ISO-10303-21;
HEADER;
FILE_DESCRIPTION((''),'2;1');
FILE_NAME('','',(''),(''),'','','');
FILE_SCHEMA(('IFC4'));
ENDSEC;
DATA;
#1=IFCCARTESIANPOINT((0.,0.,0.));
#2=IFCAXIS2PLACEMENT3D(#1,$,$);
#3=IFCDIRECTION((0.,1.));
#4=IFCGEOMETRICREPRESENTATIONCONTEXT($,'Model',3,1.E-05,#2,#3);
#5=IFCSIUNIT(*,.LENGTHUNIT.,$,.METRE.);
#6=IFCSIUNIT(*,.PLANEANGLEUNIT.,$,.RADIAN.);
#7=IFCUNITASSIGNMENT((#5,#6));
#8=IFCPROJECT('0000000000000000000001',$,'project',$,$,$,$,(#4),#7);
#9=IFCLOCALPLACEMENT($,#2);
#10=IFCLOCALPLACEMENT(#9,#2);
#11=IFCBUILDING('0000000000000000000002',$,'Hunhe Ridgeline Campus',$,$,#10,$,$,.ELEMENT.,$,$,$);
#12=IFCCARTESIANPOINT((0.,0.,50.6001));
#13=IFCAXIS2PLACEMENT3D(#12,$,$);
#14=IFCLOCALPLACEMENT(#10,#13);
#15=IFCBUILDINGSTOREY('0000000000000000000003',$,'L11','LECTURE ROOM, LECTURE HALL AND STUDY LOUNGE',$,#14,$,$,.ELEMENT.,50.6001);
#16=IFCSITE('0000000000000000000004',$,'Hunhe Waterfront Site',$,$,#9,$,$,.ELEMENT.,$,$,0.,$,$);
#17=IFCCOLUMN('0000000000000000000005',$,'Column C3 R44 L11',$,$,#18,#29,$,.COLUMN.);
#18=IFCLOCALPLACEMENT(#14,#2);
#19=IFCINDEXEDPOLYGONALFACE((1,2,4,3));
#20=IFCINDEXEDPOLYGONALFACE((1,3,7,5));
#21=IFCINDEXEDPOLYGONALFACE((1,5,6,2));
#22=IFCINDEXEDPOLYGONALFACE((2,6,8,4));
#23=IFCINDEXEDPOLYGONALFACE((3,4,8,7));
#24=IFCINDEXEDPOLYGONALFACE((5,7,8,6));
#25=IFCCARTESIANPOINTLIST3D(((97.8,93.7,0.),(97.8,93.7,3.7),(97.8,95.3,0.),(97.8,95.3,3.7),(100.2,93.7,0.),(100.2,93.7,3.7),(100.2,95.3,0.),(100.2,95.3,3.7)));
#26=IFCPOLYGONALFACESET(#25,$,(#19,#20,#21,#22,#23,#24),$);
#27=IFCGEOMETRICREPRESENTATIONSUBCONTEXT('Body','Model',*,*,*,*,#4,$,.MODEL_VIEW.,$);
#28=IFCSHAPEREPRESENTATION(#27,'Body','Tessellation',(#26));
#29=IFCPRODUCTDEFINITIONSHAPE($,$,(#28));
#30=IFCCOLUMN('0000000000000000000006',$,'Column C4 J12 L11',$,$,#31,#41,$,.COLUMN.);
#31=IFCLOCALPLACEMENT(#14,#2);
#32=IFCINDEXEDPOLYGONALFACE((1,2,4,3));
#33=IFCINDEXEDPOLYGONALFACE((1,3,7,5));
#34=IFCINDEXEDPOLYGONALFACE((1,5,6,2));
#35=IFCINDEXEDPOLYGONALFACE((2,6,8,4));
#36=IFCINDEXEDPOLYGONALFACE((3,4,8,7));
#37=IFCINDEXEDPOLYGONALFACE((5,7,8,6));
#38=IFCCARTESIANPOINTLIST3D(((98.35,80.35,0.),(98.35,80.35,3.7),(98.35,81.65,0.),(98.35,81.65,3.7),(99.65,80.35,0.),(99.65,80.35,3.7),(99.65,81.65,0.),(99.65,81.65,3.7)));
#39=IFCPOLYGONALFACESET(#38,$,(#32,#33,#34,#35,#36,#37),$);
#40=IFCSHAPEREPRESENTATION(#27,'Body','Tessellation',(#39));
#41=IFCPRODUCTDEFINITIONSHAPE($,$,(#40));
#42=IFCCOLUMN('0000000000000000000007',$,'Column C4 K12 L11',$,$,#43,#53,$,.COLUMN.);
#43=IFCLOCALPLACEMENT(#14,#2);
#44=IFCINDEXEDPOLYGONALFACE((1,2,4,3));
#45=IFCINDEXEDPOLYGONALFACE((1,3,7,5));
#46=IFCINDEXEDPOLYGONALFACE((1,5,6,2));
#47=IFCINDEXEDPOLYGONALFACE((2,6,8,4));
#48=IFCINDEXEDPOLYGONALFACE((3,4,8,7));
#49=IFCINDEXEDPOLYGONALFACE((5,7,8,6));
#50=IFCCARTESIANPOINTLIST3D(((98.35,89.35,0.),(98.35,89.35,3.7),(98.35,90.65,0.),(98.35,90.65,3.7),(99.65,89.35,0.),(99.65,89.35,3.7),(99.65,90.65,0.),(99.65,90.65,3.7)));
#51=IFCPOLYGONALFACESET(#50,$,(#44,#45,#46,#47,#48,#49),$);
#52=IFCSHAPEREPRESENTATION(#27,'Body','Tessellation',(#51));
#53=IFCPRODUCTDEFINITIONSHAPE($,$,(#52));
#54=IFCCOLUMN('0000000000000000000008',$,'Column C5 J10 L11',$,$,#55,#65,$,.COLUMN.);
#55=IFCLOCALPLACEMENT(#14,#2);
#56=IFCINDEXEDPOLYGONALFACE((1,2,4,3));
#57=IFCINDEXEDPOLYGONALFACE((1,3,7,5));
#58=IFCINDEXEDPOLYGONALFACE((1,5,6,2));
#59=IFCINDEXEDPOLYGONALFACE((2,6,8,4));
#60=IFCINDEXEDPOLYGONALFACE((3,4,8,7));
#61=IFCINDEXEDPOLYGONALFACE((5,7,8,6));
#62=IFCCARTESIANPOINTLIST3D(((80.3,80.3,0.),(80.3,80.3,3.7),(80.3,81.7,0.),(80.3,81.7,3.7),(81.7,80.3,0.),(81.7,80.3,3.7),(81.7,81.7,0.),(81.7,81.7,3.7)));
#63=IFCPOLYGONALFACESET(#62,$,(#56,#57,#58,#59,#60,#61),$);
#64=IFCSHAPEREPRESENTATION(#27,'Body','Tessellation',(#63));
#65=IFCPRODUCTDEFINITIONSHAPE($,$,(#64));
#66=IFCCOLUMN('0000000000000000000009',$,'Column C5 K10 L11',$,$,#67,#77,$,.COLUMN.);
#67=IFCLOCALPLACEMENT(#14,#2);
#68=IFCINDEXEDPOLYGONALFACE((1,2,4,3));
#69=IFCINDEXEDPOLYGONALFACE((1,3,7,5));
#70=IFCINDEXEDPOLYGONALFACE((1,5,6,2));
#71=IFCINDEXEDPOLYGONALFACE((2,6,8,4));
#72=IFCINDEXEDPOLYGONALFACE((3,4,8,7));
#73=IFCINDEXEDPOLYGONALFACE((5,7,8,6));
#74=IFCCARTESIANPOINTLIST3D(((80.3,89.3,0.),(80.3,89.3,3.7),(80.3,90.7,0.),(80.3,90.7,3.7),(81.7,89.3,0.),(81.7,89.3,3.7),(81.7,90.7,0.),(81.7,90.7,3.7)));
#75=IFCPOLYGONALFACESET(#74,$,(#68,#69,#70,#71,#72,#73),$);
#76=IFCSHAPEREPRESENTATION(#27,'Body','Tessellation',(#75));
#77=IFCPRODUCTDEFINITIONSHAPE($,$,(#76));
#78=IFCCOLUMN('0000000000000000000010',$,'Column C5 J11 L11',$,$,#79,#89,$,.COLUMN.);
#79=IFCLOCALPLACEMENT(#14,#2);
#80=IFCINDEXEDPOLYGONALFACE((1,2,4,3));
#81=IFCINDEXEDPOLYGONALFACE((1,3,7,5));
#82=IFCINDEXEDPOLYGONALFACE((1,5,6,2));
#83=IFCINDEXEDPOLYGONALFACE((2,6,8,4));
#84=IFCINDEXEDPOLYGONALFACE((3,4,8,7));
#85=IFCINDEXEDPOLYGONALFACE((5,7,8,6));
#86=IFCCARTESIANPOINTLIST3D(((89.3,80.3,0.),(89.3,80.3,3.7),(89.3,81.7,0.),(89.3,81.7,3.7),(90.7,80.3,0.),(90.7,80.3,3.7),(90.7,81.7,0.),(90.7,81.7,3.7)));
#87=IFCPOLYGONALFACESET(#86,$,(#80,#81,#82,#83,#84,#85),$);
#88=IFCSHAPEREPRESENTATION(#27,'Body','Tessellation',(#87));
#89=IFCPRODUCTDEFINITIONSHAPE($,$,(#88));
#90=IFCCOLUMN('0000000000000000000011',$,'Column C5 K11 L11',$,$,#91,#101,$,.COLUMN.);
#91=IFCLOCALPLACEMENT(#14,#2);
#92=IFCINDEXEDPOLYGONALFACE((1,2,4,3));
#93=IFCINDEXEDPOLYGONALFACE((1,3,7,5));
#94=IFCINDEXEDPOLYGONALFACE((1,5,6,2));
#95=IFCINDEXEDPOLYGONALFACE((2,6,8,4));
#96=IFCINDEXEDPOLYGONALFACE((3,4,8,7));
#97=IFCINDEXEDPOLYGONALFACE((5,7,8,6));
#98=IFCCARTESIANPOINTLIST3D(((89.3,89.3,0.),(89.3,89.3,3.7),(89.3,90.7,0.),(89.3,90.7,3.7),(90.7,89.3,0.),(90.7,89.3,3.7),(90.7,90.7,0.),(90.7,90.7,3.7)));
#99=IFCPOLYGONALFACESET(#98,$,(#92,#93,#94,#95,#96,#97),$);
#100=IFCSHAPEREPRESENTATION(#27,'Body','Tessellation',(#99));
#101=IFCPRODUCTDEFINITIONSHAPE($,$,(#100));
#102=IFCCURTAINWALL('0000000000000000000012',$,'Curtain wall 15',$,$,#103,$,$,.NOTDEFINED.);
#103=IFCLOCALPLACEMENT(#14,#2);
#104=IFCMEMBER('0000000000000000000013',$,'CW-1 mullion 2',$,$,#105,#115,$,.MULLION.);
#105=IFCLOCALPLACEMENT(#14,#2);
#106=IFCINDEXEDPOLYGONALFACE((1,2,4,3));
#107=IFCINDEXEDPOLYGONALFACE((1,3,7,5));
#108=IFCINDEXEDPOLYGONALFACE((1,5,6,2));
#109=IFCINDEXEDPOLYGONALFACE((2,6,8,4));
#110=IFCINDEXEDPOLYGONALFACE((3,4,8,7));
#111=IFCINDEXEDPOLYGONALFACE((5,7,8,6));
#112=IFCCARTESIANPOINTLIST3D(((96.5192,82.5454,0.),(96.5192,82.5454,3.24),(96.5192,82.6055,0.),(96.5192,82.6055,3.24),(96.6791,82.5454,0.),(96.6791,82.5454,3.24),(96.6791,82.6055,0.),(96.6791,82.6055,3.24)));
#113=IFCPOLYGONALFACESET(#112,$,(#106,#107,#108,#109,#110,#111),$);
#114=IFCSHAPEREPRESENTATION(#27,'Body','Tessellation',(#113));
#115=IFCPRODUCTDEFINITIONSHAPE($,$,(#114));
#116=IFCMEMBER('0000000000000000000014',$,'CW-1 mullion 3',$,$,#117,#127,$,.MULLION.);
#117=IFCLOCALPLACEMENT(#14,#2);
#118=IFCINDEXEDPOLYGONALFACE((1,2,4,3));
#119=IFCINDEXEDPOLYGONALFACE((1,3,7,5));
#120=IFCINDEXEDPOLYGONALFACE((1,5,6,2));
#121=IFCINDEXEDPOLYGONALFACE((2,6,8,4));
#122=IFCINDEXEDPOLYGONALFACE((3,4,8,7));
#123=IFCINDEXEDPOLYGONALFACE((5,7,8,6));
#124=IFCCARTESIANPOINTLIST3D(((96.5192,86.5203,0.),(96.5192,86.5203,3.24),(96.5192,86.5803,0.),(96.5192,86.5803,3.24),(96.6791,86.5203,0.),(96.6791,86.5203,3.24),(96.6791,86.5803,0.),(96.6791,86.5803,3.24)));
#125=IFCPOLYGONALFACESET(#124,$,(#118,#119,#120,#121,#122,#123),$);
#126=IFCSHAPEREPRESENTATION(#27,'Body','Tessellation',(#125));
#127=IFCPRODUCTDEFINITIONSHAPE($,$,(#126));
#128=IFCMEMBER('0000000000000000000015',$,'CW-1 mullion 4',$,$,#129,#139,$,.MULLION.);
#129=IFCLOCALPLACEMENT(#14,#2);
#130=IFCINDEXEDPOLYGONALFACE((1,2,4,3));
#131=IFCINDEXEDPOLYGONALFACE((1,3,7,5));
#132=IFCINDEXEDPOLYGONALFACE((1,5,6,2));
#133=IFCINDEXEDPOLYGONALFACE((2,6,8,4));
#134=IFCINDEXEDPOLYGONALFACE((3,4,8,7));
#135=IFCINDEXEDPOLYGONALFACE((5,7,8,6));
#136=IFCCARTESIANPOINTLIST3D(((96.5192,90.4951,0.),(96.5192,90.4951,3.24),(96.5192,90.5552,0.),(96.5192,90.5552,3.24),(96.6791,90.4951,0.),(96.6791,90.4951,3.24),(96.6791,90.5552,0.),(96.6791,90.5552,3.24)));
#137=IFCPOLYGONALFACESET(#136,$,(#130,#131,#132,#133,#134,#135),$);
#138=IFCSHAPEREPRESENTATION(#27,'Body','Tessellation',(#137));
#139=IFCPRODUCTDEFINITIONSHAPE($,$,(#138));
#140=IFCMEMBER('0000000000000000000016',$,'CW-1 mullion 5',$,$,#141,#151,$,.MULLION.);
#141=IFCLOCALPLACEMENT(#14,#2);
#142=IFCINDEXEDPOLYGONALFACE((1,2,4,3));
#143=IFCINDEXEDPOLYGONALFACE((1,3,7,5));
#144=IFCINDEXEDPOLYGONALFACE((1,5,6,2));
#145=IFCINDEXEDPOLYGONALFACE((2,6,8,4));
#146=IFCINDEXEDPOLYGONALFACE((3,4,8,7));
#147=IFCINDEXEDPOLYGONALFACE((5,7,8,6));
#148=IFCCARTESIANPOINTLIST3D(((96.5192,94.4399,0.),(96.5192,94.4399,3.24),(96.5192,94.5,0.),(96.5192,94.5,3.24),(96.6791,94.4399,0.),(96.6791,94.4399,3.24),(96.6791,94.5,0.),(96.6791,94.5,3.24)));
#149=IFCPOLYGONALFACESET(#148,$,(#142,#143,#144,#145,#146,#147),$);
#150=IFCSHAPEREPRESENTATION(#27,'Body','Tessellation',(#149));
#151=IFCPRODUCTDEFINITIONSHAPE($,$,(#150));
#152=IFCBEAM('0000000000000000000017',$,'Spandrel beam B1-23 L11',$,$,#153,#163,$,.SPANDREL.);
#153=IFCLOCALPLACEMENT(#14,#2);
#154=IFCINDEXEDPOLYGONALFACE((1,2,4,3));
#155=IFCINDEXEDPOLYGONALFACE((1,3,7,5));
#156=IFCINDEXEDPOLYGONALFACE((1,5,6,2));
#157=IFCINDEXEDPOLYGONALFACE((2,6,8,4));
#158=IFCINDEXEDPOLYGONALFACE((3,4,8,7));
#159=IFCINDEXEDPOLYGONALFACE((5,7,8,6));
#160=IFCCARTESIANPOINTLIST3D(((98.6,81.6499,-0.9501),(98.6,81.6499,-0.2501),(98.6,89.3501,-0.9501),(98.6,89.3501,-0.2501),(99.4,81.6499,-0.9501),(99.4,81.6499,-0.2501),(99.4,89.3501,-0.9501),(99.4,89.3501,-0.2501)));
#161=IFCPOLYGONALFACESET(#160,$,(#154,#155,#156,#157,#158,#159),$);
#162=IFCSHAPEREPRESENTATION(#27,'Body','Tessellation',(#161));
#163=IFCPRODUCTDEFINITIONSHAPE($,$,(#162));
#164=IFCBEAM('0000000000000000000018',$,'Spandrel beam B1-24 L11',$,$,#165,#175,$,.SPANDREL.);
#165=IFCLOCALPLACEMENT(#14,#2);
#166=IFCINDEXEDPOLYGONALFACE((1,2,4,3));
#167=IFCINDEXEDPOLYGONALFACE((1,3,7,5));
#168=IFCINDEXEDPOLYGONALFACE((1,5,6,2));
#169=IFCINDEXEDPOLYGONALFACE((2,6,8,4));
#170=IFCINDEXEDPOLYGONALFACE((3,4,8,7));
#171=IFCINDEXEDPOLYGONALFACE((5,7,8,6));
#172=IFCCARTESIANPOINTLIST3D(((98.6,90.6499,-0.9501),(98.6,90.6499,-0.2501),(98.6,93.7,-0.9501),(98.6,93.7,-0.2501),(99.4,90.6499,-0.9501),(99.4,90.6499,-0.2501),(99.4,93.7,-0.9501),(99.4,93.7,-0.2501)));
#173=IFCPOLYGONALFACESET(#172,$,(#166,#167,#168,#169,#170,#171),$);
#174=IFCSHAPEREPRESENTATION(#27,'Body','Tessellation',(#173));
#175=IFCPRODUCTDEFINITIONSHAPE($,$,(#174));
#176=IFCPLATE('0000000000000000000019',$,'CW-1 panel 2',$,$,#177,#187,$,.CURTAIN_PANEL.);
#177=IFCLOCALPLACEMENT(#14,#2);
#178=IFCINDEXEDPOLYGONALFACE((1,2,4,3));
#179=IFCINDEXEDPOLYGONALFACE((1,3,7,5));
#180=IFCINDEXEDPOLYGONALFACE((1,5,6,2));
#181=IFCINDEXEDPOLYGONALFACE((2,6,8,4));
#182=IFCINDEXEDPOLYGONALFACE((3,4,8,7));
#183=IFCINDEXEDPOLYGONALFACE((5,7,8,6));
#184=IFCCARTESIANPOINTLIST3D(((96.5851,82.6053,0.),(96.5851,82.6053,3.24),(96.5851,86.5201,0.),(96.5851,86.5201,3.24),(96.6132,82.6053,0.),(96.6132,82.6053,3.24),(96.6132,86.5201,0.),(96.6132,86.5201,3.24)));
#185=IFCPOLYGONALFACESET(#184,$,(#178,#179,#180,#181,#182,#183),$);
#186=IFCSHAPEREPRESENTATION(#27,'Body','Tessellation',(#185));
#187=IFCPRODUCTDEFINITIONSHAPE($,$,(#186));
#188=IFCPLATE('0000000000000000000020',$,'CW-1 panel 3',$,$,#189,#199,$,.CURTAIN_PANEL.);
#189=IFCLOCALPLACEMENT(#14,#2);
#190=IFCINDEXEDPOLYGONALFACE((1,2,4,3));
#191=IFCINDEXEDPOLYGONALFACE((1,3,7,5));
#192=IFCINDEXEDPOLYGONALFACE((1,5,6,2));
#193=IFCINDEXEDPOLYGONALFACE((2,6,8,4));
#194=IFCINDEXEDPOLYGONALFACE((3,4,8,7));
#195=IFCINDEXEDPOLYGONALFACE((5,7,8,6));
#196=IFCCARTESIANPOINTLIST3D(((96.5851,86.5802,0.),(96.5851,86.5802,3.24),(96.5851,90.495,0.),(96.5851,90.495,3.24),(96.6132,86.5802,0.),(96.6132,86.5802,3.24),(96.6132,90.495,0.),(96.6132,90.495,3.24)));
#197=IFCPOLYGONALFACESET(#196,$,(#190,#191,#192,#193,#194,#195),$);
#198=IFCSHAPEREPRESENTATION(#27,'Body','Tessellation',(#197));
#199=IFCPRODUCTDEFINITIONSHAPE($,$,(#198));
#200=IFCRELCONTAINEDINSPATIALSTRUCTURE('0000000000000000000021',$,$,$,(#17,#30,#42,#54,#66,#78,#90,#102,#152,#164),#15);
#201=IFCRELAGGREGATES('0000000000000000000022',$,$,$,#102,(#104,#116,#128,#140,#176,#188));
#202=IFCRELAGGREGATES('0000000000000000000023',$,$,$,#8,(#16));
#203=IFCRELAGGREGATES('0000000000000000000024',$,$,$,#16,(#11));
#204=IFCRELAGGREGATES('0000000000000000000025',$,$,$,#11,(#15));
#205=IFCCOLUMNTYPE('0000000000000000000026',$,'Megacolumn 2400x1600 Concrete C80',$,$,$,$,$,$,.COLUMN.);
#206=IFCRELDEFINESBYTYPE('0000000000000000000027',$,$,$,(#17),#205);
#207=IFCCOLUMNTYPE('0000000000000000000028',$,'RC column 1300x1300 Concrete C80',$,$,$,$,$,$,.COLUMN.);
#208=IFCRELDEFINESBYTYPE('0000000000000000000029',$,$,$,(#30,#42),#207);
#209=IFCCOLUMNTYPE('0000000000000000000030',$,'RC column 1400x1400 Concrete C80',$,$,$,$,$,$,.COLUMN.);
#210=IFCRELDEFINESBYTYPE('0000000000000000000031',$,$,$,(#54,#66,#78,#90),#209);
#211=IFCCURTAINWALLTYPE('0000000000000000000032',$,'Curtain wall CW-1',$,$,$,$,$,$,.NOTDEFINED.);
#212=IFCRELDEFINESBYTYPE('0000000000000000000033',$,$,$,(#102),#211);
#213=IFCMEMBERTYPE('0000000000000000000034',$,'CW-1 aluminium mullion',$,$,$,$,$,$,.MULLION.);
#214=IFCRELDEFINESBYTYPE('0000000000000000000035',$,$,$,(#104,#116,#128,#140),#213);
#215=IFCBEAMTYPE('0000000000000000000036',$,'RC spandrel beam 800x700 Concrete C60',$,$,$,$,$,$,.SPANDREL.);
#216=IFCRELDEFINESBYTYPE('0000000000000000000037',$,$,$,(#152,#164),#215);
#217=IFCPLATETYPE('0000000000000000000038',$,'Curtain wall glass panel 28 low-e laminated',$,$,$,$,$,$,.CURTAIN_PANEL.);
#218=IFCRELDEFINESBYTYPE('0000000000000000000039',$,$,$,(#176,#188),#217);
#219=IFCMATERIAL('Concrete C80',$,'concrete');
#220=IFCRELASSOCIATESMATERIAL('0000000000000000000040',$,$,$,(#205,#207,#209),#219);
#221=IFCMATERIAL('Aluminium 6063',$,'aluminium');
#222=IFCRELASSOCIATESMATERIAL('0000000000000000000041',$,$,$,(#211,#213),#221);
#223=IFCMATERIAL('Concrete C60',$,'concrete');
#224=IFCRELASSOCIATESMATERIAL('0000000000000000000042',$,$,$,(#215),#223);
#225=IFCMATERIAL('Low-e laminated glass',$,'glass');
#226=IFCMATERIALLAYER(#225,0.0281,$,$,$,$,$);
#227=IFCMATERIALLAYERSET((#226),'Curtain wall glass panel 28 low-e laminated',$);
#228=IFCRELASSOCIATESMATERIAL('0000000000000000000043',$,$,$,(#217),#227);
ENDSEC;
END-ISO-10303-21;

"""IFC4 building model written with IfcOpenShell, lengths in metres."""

from ifc_helpers import new_model, si_unit, direction, frame, origin, origin_2d, place, context, subcontext, project, spatial, rectangle, extrude, material, layer, layer_set, material_profile, profile_set, type_object, element, aggregate, save


model = new_model("IFC4")

# Units and contexts
model_context = context("Model", 3, precision=1e-05, world=origin(), true_north=direction((0.0, 1.0)))
body_context = subcontext(model_context, "Body", "Model", "MODEL_VIEW")
ifc_project = project(units=[si_unit("LENGTHUNIT", "METRE"), si_unit("PLANEANGLEUNIT", "RADIAN")], contexts=[model_context])

# Site, building, storey
site_placement = place(None, origin())
site = spatial("IfcSite", under=ifc_project, at=site_placement, Name="Hunhe Waterfront Site", CompositionType="ELEMENT", RefElevation=0.0)
building_placement = place(site_placement, origin())
building = spatial("IfcBuilding", under=site, at=building_placement, Name="Hunhe Ridgeline Campus", CompositionType="ELEMENT")
storey_placement = place(building_placement, frame((0.0, 0.0, 50.6001)))
storey = spatial("IfcBuildingStorey", under=building, at=storey_placement, Name="L11", Description="LECTURE ROOM, LECTURE HALL AND STUDY LOUNGE", CompositionType="ELEMENT", Elevation=50.6001)

# Columns
ifc_material_1 = material(Name="Concrete C80", Category="concrete")
ifc_material_profile_1 = material_profile(ifc_material_1, rectangle(XDim=2.3999, YDim=1.6001, at=origin_2d()))
ifc_profile_set_1 = profile_set([ifc_material_profile_1], Name="Concrete C80")
column_type_1 = type_object("IfcColumnType", Name="Megacolumn 2400x1600 Concrete C80", PredefinedType="COLUMN", material=ifc_profile_set_1)
column_placement = place(storey_placement, frame((99.0, 94.5, 0.0), z_axis=(0.0, 0.0, 1.0), x_axis=(1.0, 0.0, 0.0)))
element("IfcColumn", 1, at=column_placement, inside=storey, type_object=column_type_1, Name="Column C3 R44 L11", PredefinedType="COLUMN", context=body_context, shape_type="SweptSolid", body=[
    extrude(rectangle(XDim=2.3999, YDim=1.6001, at=origin_2d()), origin(), (0.0, 0.0, 1.0), 3.7),
])
ifc_material_profile_2 = material_profile(ifc_material_1, rectangle(XDim=1.3, YDim=1.3, at=origin_2d()))
ifc_profile_set_2 = profile_set([ifc_material_profile_2], Name="Concrete C80")
column_type_2 = type_object("IfcColumnType", Name="RC column 1300x1300 Concrete C80", PredefinedType="COLUMN", material=ifc_profile_set_2)
for number, where, z_axis, x_axis, name in (
    (2, (99.0, 81.0, 0.0), (0.0, 0.0, 1.0), (1.0, 0.0, 0.0), "Column C4 J12 L11"),
    (3, (99.0, 90.0, 0.0), (0.0, 0.0, 1.0), (1.0, 0.0, 0.0), "Column C4 K12 L11"),
):
    element("IfcColumn", number, at=place(storey_placement, frame(where, z_axis=z_axis, x_axis=x_axis)), inside=storey, type_object=column_type_2, Name=name, PredefinedType="COLUMN", context=body_context, shape_type="SweptSolid", body=[
        extrude(rectangle(XDim=1.3, YDim=1.3, at=origin_2d()), origin(), (0.0, 0.0, 1.0), 3.7),
    ])
ifc_material_profile_3 = material_profile(ifc_material_1, rectangle(XDim=1.3999, YDim=1.3999, at=origin_2d()))
ifc_profile_set_3 = profile_set([ifc_material_profile_3], Name="Concrete C80")
column_type_3 = type_object("IfcColumnType", Name="RC column 1400x1400 Concrete C80", PredefinedType="COLUMN", material=ifc_profile_set_3)
for number, where, z_axis, x_axis, name in (
    (4, (81.0, 81.0, 0.0), (0.0, 0.0, 1.0), (1.0, 0.0, 0.0), "Column C5 J10 L11"),
    (5, (81.0, 90.0, 0.0), (0.0, 0.0, 1.0), (1.0, 0.0, 0.0), "Column C5 K10 L11"),
    (6, (90.0, 81.0, 0.0), (0.0, 0.0, 1.0), (1.0, 0.0, 0.0), "Column C5 J11 L11"),
    (7, (90.0, 90.0, 0.0), (0.0, 0.0, 1.0), (1.0, 0.0, 0.0), "Column C5 K11 L11"),
):
    element("IfcColumn", number, at=place(storey_placement, frame(where, z_axis=z_axis, x_axis=x_axis)), inside=storey, type_object=column_type_3, Name=name, PredefinedType="COLUMN", context=body_context, shape_type="SweptSolid", body=[
        extrude(rectangle(XDim=1.3999, YDim=1.3999, at=origin_2d()), origin(), (0.0, 0.0, 1.0), 3.7),
    ])

# Curtain wall, members
ifc_material_2 = material(Name="Aluminium 6063", Category="aluminium")
curtain_wall_type = type_object("IfcCurtainWallType", Name="Curtain wall CW-1", PredefinedType="NOTDEFINED", material=ifc_material_2)
curtain_wall_placement = place(storey_placement, origin())
curtain_wall = element("IfcCurtainWall", 8, at=curtain_wall_placement, inside=storey, type_object=curtain_wall_type, Name="Curtain wall 15", PredefinedType="NOTDEFINED")
ifc_material_profile_4 = material_profile(ifc_material_2, rectangle(XDim=0.1599, YDim=0.0601, at=origin_2d()))
ifc_profile_set_4 = profile_set([ifc_material_profile_4], Name="Aluminium 6063")
member_type = type_object("IfcMemberType", Name="CW-1 aluminium mullion", PredefinedType="MULLION", material=ifc_profile_set_4)
member_1_placement = place(storey_placement, frame((96.5991, 82.5754, 0.0), z_axis=(0.0, 0.0, 1.0), x_axis=(-1.0, 0.0, 0.0)))
member_1 = element("IfcMember", 9, at=member_1_placement, type_object=member_type, Name="CW-1 mullion 2", PredefinedType="MULLION", context=body_context, shape_type="SweptSolid", body=[
    extrude(rectangle(XDim=0.1599, YDim=0.0601, at=origin_2d()), origin(), (0.0, 0.0, 1.0), 3.24),
])
member_2_placement = place(storey_placement, frame((96.5991, 86.5503, 0.0), z_axis=(0.0, 0.0, 1.0), x_axis=(-1.0, 0.0, 0.0)))
member_2 = element("IfcMember", 10, at=member_2_placement, type_object=member_type, Name="CW-1 mullion 3", PredefinedType="MULLION", context=body_context, shape_type="SweptSolid", body=[
    extrude(rectangle(XDim=0.1599, YDim=0.0601, at=origin_2d()), origin(), (0.0, 0.0, 1.0), 3.24),
])
member_3_placement = place(storey_placement, frame((96.5991, 90.5251, 0.0), z_axis=(0.0, 0.0, 1.0), x_axis=(-1.0, 0.0, 0.0)))
member_3 = element("IfcMember", 11, at=member_3_placement, type_object=member_type, Name="CW-1 mullion 4", PredefinedType="MULLION", context=body_context, shape_type="SweptSolid", body=[
    extrude(rectangle(XDim=0.1599, YDim=0.0601, at=origin_2d()), origin(), (0.0, 0.0, 1.0), 3.24),
])
member_4_placement = place(storey_placement, frame((96.5991, 94.47, 0.0), z_axis=(0.0, 0.0, 1.0), x_axis=(-1.0, 0.0, 0.0)))
member_4 = element("IfcMember", 12, at=member_4_placement, type_object=member_type, Name="CW-1 mullion 5", PredefinedType="MULLION", context=body_context, shape_type="SweptSolid", body=[
    extrude(rectangle(XDim=0.1599, YDim=0.0601, at=origin_2d()), origin(), (0.0, 0.0, 1.0), 3.24),
])

# Beams
ifc_material_3 = material(Name="Concrete C60", Category="concrete")
ifc_material_profile_5 = material_profile(ifc_material_3, rectangle(XDim=0.8, YDim=0.7, at=origin_2d()))
ifc_profile_set_5 = profile_set([ifc_material_profile_5], Name="Concrete C60")
beam_type = type_object("IfcBeamType", Name="RC spandrel beam 800x700 Concrete C60", PredefinedType="SPANDREL", material=ifc_profile_set_5)
beam_1_placement = place(storey_placement, frame((99.0, 81.6499, -0.6001), z_axis=(0.0, 1.0, 0.0), x_axis=(-1.0, 0.0, 0.0)))
element("IfcBeam", 13, at=beam_1_placement, inside=storey, type_object=beam_type, Name="Spandrel beam B1-23 L11", PredefinedType="SPANDREL", context=body_context, shape_type="SweptSolid", body=[
    extrude(rectangle(XDim=0.8, YDim=0.7, at=origin_2d()), origin(), (0.0, 0.0, 1.0), 7.7002),
])
beam_2_placement = place(storey_placement, frame((99.0, 90.6499, -0.6001), z_axis=(0.0, 1.0, 0.0), x_axis=(-1.0, 0.0, 0.0)))
element("IfcBeam", 14, at=beam_2_placement, inside=storey, type_object=beam_type, Name="Spandrel beam B1-24 L11", PredefinedType="SPANDREL", context=body_context, shape_type="SweptSolid", body=[
    extrude(rectangle(XDim=0.8, YDim=0.7, at=origin_2d()), origin(), (0.0, 0.0, 1.0), 3.05),
])

# Plates
ifc_material_4 = material(Name="Low-e laminated glass", Category="glass")
ifc_layer_1 = layer(ifc_material_4, 0.0281)
ifc_layer_set_1 = layer_set([ifc_layer_1], Name="Curtain wall glass panel 28 low-e laminated")
plate_type = type_object("IfcPlateType", Name="Curtain wall glass panel 28 low-e laminated", PredefinedType="CURTAIN_PANEL", material=ifc_layer_set_1)
plate_1_placement = place(storey_placement, frame((96.5991, 84.5627, 0.0), z_axis=(0.0, 0.0, 1.0), x_axis=(0.0, 1.0, 0.0)))
plate_1 = element("IfcPlate", 15, at=plate_1_placement, type_object=plate_type, Name="CW-1 panel 2", PredefinedType="CURTAIN_PANEL", context=body_context, shape_type="SweptSolid", body=[
    extrude(rectangle(XDim=3.9148, YDim=0.0281, at=origin_2d()), origin(), (0.0, 0.0, 1.0), 3.24),
])
plate_2_placement = place(storey_placement, frame((96.5991, 88.5376, 0.0), z_axis=(0.0, 0.0, 1.0), x_axis=(0.0, 1.0, 0.0)))
plate_2 = element("IfcPlate", 16, at=plate_2_placement, type_object=plate_type, Name="CW-1 panel 3", PredefinedType="CURTAIN_PANEL", context=body_context, shape_type="SweptSolid", body=[
    extrude(rectangle(XDim=3.9148, YDim=0.0281, at=origin_2d()), origin(), (0.0, 0.0, 1.0), 3.24),
])
aggregate(curtain_wall, [member_1, member_2, member_3, member_4, plate_1, plate_2])

save(model, "model.ifc")
